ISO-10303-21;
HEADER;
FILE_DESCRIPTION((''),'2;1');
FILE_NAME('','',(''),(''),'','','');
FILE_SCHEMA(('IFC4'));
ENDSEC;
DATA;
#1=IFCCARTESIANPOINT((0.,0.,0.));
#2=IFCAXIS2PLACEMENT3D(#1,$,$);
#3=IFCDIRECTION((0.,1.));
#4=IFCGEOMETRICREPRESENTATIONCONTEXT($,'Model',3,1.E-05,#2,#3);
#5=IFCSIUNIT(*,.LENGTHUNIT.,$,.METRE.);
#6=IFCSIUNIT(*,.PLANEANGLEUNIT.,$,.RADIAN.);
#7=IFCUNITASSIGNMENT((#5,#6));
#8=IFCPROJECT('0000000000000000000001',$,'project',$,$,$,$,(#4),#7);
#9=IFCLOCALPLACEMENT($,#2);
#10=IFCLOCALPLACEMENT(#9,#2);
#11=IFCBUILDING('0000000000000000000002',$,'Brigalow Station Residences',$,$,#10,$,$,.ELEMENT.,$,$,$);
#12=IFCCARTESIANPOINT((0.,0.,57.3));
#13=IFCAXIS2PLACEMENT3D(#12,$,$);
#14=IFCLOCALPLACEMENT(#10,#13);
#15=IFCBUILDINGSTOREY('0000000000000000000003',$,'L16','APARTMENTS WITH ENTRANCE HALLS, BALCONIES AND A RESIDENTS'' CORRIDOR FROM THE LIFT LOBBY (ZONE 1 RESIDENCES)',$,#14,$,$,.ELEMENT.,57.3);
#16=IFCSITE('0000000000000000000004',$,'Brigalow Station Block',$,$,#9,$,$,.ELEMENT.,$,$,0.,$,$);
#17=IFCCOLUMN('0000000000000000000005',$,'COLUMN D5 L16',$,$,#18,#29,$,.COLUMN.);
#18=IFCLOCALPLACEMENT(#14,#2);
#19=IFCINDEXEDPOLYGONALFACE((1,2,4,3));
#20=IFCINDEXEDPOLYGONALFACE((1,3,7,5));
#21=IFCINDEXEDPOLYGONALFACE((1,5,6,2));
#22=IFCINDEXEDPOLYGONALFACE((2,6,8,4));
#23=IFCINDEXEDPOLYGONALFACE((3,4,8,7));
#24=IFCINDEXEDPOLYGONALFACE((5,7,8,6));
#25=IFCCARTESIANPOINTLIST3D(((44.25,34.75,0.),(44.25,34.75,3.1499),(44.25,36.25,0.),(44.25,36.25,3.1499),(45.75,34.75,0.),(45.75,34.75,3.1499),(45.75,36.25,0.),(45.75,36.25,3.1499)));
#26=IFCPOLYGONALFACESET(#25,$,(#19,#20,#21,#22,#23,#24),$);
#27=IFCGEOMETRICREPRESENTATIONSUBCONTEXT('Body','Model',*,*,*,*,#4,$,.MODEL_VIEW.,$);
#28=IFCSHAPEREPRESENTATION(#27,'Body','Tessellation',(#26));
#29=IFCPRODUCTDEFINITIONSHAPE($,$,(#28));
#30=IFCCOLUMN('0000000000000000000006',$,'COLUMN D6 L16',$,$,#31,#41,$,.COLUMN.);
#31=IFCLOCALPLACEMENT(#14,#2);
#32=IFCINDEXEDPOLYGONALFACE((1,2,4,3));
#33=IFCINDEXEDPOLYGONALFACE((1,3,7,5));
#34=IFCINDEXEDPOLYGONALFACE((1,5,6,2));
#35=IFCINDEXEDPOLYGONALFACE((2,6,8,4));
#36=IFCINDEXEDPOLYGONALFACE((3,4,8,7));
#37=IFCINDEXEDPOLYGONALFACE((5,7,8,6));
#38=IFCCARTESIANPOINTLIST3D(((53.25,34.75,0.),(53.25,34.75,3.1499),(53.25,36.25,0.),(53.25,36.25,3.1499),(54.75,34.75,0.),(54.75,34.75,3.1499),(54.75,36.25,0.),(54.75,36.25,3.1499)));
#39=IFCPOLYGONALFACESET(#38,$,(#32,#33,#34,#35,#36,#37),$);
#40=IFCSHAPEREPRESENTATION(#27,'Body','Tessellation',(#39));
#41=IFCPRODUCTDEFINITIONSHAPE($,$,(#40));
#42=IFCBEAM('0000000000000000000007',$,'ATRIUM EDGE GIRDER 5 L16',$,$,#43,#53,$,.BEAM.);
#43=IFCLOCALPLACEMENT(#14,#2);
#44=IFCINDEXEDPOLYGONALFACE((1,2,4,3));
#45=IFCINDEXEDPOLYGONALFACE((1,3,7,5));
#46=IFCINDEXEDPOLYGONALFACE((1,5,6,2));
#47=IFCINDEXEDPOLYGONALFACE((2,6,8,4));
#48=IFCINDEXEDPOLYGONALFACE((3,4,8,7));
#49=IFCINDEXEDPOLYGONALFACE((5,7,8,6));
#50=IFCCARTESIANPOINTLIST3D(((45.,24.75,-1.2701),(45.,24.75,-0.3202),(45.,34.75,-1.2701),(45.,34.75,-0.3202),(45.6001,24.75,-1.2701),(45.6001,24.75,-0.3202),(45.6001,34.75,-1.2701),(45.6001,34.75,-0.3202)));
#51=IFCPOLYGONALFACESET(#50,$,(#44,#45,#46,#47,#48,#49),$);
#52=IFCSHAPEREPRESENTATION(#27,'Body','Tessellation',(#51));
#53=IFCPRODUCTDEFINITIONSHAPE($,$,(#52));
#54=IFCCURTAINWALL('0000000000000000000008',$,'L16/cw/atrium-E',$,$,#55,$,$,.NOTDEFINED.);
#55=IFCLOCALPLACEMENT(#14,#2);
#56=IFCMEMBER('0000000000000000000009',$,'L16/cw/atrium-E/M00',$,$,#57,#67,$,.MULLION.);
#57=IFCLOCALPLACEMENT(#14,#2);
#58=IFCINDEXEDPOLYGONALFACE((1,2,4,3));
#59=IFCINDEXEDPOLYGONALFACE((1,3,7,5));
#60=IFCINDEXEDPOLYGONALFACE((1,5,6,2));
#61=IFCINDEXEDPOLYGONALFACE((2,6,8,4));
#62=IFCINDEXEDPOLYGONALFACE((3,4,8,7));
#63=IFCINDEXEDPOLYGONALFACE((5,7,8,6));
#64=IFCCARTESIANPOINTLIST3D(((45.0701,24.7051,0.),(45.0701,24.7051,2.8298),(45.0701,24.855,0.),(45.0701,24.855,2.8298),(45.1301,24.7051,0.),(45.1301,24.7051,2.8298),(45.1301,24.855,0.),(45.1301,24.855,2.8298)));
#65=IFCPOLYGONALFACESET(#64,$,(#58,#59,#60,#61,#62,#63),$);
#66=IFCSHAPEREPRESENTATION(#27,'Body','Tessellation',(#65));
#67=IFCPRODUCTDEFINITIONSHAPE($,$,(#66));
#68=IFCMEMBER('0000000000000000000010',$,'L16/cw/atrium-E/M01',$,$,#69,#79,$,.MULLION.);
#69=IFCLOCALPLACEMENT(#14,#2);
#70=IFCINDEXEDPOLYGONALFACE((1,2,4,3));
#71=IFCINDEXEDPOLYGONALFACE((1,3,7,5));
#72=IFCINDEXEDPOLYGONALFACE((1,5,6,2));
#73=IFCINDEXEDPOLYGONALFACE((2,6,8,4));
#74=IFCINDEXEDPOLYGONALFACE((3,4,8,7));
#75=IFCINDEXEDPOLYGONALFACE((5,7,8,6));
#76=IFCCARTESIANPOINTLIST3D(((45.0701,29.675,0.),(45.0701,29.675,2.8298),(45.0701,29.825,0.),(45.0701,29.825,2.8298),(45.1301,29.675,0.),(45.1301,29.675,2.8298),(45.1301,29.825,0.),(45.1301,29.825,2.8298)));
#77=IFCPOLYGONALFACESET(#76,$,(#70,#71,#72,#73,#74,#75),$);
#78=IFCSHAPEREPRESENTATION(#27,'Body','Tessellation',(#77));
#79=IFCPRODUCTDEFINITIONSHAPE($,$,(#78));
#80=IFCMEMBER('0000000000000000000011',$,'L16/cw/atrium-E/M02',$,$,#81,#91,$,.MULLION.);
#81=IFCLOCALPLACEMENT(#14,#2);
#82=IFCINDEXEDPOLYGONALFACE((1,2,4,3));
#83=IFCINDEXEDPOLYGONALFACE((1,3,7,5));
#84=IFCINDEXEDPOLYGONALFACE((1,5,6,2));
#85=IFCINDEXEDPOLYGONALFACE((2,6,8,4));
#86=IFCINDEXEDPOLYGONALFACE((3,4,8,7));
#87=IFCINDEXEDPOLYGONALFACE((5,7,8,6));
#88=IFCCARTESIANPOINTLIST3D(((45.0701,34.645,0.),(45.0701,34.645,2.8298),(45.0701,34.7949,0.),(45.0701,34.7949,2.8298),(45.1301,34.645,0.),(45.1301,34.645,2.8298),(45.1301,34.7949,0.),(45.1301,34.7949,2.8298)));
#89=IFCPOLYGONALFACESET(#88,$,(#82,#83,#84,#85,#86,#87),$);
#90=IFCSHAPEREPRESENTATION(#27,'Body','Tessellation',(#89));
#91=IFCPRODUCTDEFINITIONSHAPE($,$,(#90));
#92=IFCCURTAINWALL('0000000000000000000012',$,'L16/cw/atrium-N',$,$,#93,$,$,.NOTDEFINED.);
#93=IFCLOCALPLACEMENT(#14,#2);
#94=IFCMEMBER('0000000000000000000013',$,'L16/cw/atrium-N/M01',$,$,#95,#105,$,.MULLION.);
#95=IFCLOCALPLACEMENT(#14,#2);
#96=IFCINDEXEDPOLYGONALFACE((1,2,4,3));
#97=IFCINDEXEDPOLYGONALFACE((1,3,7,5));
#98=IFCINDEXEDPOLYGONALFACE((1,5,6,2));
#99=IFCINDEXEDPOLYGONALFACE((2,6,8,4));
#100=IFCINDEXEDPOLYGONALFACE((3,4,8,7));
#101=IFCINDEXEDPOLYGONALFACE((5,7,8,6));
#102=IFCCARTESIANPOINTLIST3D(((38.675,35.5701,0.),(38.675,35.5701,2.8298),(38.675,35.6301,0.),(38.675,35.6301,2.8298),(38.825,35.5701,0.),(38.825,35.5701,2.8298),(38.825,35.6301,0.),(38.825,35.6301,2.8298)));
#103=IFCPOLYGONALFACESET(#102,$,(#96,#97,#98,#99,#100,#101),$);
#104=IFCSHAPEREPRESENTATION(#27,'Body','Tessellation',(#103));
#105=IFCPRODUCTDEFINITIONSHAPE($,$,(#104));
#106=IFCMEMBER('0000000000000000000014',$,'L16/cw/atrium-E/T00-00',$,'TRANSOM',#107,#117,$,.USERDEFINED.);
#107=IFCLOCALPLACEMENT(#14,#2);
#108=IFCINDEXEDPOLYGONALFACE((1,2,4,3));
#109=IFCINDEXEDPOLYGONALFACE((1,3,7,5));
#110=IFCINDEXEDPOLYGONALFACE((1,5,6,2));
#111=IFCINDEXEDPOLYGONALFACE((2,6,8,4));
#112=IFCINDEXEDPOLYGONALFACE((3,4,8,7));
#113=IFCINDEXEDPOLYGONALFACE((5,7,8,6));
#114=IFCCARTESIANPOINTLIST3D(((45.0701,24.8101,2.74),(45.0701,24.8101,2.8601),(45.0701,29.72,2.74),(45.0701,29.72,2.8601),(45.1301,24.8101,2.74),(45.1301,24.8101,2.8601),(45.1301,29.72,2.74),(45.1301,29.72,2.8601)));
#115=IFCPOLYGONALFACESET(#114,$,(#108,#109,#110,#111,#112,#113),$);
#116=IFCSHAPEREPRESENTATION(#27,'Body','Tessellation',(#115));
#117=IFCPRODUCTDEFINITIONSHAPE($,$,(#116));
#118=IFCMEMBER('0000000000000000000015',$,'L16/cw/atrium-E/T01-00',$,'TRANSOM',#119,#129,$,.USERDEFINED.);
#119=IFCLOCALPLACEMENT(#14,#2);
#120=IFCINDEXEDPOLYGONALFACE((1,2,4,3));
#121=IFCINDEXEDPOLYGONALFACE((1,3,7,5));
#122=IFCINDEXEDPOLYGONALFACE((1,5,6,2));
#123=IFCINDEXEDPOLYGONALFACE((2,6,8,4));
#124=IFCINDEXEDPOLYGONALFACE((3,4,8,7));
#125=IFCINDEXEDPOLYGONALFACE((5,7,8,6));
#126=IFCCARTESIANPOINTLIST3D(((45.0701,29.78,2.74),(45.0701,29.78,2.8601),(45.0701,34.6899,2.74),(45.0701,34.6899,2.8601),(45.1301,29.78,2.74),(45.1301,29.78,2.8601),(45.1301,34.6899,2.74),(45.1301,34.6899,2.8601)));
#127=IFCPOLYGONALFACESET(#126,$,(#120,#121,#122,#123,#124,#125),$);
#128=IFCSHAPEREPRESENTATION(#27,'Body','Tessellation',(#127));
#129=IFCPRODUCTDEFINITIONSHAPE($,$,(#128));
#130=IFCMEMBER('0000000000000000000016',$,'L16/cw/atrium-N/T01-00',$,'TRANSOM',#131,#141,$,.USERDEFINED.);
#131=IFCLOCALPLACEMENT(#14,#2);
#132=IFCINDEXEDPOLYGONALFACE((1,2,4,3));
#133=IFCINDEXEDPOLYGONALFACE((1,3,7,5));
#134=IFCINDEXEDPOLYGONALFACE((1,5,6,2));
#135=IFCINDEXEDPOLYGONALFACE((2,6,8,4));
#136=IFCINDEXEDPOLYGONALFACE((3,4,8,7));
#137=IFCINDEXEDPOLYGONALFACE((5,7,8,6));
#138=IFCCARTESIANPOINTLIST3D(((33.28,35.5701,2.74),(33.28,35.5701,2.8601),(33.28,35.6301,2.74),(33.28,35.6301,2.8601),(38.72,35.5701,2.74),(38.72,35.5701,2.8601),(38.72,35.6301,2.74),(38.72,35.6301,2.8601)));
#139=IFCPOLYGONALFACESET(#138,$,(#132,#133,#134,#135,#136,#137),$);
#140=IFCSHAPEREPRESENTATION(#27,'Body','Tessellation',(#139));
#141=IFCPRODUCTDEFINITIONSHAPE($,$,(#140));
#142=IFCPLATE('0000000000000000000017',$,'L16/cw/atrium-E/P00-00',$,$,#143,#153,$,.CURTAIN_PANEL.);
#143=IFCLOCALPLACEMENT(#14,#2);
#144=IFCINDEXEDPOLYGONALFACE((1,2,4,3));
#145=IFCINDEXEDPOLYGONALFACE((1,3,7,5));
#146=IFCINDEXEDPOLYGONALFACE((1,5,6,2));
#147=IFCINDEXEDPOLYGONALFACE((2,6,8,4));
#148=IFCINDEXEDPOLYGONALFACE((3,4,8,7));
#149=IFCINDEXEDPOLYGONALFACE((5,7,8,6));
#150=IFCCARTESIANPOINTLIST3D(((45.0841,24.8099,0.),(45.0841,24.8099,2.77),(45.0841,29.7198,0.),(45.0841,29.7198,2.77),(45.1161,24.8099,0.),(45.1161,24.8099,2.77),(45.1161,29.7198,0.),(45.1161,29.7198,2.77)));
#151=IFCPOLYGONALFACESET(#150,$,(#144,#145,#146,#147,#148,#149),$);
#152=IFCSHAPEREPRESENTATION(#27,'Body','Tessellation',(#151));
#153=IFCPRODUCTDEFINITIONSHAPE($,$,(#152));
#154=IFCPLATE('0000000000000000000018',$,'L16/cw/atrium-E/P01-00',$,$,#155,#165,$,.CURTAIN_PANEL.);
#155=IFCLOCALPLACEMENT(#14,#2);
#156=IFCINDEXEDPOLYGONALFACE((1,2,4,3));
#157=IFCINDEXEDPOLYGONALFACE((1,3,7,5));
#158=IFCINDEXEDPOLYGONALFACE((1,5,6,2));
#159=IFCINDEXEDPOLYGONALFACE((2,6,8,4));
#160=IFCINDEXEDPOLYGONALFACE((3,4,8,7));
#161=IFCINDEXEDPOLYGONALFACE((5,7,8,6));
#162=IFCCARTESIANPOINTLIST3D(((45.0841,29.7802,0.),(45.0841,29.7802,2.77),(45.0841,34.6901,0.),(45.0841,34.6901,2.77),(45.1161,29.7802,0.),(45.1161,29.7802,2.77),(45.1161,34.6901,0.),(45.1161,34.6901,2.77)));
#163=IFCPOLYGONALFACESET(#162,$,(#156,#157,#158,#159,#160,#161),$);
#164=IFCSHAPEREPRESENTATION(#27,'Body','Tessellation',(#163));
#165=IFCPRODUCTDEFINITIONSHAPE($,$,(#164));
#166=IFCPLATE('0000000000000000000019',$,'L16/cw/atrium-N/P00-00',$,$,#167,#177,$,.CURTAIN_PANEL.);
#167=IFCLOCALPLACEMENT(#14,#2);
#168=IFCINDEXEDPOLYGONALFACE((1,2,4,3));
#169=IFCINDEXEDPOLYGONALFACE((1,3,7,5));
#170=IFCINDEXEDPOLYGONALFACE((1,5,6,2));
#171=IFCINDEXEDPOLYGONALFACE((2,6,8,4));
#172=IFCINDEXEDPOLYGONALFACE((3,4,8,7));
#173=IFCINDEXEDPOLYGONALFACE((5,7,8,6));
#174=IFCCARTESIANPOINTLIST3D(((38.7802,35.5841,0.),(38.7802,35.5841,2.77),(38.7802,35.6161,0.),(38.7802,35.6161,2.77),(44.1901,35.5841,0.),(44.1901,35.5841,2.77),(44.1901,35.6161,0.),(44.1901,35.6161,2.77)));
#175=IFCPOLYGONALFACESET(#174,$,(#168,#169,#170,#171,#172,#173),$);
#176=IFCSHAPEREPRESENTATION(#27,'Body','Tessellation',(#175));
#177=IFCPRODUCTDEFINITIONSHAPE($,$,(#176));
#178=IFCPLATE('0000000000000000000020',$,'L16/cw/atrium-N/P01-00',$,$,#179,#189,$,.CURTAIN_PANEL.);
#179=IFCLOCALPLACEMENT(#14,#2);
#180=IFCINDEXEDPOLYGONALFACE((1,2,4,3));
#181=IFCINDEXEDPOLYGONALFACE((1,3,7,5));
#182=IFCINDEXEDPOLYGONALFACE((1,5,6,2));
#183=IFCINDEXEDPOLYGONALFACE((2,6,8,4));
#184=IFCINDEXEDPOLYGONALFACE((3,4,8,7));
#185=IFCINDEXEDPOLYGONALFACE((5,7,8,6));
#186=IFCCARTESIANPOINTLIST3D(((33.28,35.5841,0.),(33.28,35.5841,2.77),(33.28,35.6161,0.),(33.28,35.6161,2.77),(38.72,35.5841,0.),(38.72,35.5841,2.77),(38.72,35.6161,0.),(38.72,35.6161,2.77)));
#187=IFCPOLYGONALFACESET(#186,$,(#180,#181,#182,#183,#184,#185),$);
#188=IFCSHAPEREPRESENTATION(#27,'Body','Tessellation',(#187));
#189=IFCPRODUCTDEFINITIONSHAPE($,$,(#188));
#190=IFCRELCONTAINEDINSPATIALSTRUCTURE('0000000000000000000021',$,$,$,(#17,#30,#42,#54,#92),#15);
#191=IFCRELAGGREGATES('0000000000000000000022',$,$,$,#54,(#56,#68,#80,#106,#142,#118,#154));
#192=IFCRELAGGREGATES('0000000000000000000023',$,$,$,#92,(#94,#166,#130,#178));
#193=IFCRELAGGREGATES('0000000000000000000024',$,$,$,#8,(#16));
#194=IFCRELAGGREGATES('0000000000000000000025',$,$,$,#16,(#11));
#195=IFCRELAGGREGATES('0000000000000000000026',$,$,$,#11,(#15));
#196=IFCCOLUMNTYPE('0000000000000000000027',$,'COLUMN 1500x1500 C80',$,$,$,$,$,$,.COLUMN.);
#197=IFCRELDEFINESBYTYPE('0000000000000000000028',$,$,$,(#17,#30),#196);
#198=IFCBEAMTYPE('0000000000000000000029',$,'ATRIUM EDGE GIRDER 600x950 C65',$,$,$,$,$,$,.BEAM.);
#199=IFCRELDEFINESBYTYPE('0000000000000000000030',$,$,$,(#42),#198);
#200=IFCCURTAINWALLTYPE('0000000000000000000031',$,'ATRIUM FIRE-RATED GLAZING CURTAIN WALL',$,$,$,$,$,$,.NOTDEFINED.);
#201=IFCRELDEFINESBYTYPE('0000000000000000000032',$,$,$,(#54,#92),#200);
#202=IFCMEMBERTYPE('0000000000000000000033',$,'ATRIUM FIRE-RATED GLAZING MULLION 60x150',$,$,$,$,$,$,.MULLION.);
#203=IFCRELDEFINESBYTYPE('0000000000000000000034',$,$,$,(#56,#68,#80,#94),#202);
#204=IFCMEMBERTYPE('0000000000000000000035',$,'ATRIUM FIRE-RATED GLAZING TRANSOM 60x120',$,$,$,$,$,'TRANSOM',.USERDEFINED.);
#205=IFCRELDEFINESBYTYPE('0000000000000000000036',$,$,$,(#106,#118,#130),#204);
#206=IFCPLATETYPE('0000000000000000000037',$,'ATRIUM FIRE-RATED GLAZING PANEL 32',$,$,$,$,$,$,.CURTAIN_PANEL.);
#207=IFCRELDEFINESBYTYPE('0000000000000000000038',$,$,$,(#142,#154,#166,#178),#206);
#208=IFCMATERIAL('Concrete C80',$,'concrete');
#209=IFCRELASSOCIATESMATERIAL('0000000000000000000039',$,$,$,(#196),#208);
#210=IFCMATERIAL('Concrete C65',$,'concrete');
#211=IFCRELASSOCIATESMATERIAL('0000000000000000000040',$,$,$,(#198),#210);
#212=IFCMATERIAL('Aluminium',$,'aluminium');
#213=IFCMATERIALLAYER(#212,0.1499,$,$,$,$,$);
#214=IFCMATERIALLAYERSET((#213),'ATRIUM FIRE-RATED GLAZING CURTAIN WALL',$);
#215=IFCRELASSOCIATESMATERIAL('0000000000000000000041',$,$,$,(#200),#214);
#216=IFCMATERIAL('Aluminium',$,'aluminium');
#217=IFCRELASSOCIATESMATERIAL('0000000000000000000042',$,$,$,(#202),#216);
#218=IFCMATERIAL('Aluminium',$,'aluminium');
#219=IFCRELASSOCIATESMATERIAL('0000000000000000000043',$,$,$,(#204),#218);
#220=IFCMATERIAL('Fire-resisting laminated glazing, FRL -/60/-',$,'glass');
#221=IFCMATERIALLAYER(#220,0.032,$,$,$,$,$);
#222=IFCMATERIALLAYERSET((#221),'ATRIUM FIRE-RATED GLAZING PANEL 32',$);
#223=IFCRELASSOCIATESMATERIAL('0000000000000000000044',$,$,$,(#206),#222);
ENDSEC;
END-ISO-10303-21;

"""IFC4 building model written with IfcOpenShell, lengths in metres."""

from ifc_helpers import new_model, si_unit, direction, frame, origin, origin_2d, place, context, subcontext, project, spatial, rectangle, extrude, material, layer, layer_set, material_profile, profile_set, type_object, element, aggregate, save


model = new_model("IFC4")

# Units and contexts
model_context = context("Model", 3, precision=1e-05, world=origin(), true_north=direction((0.0, 1.0)))
body_context = subcontext(model_context, "Body", "Model", "MODEL_VIEW")
ifc_project = project(units=[si_unit("LENGTHUNIT", "METRE"), si_unit("PLANEANGLEUNIT", "RADIAN")], contexts=[model_context])

# Site, building, storey
site_placement = place(None, origin())
site = spatial("IfcSite", under=ifc_project, at=site_placement, Name="Brigalow Station Block", CompositionType="ELEMENT", RefElevation=0.0)
building_placement = place(site_placement, origin())
building = spatial("IfcBuilding", under=site, at=building_placement, Name="Brigalow Station Residences", CompositionType="ELEMENT")
storey_placement = place(building_placement, frame((0.0, 0.0, 57.3)))
storey = spatial("IfcBuildingStorey", under=building, at=storey_placement, Name="L16", Description="APARTMENTS WITH ENTRANCE HALLS, BALCONIES AND A RESIDENTS' CORRIDOR FROM THE LIFT LOBBY (ZONE 1 RESIDENCES)", CompositionType="ELEMENT", Elevation=57.3)

# Columns
ifc_material_1 = material(Name="Concrete C80", Category="concrete")
ifc_material_profile_1 = material_profile(ifc_material_1, rectangle(XDim=1.5, YDim=1.5, at=origin_2d()), Name="RC1500x1500")
ifc_profile_set_1 = profile_set([ifc_material_profile_1], Name="Concrete C80")
column_type = type_object("IfcColumnType", Name="COLUMN 1500x1500 C80", PredefinedType="COLUMN", material=ifc_profile_set_1)
for number, where, z_axis, x_axis, name in (
    (1, (45.0, 35.5, 0.0), (0.0, 0.0, 1.0), (1.0, 0.0, 0.0), "COLUMN D5 L16"),
    (2, (54.0, 35.5, 0.0), (0.0, 0.0, 1.0), (1.0, 0.0, 0.0), "COLUMN D6 L16"),
):
    element("IfcColumn", number, at=place(storey_placement, frame(where, z_axis=z_axis, x_axis=x_axis)), inside=storey, type_object=column_type, Name=name, PredefinedType="COLUMN", context=body_context, shape_type="SweptSolid", body=[
        extrude(rectangle(XDim=1.5, YDim=1.5, at=origin_2d()), origin(), (0.0, 0.0, 1.0), 3.1499),
    ])

# Beam
ifc_material_2 = material(Name="Concrete C65", Category="concrete")
ifc_material_profile_2 = material_profile(ifc_material_2, rectangle(XDim=0.6001, YDim=0.95, at=origin_2d()), Name="RC600x950")
ifc_profile_set_2 = profile_set([ifc_material_profile_2], Name="Concrete C65")
beam_type = type_object("IfcBeamType", Name="ATRIUM EDGE GIRDER 600x950 C65", PredefinedType="BEAM", material=ifc_profile_set_2)
beam_placement = place(storey_placement, frame((45.3, 24.75, -0.7952), z_axis=(0.0, 1.0, 0.0), x_axis=(-1.0, 0.0, 0.0)))
element("IfcBeam", 3, at=beam_placement, inside=storey, type_object=beam_type, Name="ATRIUM EDGE GIRDER 5 L16", PredefinedType="BEAM", context=body_context, shape_type="SweptSolid", body=[
    extrude(rectangle(XDim=0.6001, YDim=0.95, at=origin_2d()), origin(), (0.0, 0.0, 1.0), 10.0),
])

# Curtain wall, members
ifc_material_3 = material(Name="Aluminium", Category="aluminium")
ifc_layer_1 = layer(ifc_material_3, 0.1499)
ifc_layer_set_1 = layer_set([ifc_layer_1], Name="ATRIUM FIRE-RATED GLAZING CURTAIN WALL")
curtain_wall_type = type_object("IfcCurtainWallType", Name="ATRIUM FIRE-RATED GLAZING CURTAIN WALL", PredefinedType="NOTDEFINED", material=ifc_layer_set_1)
curtain_wall_1_placement = place(storey_placement, origin())
curtain_wall_1 = element("IfcCurtainWall", 4, at=curtain_wall_1_placement, inside=storey, type_object=curtain_wall_type, Name="L16/cw/atrium-E", PredefinedType="NOTDEFINED")
ifc_material_4 = material(Name="Aluminium", Category="aluminium")
ifc_material_profile_3 = material_profile(ifc_material_4, rectangle(XDim=0.0601, YDim=0.1499, at=origin_2d()), Name="ATRIUM FIRE-RATED GLAZING MULLION 60x150")
ifc_profile_set_3 = profile_set([ifc_material_profile_3], Name="Aluminium")
member_type_1 = type_object("IfcMemberType", Name="ATRIUM FIRE-RATED GLAZING MULLION 60x150", PredefinedType="MULLION", material=ifc_profile_set_3)
member_1_placement = place(storey_placement, frame((45.1001, 24.78, 0.0), z_axis=(0.0, 0.0, 1.0), x_axis=(-1.0, 0.0, 0.0)))
member_1 = element("IfcMember", 5, at=member_1_placement, type_object=member_type_1, Name="L16/cw/atrium-E/M00", PredefinedType="MULLION", context=body_context, shape_type="SweptSolid", body=[
    extrude(rectangle(XDim=0.0601, YDim=0.1499, at=origin_2d()), origin(), (0.0, 0.0, 1.0), 2.8298),
])
member_2_placement = place(storey_placement, frame((45.1001, 29.75, 0.0), z_axis=(0.0, 0.0, 1.0), x_axis=(-1.0, 0.0, 0.0)))
member_2 = element("IfcMember", 6, at=member_2_placement, type_object=member_type_1, Name="L16/cw/atrium-E/M01", PredefinedType="MULLION", context=body_context, shape_type="SweptSolid", body=[
    extrude(rectangle(XDim=0.0601, YDim=0.1499, at=origin_2d()), origin(), (0.0, 0.0, 1.0), 2.8298),
])
member_3_placement = place(storey_placement, frame((45.1001, 34.72, 0.0), z_axis=(0.0, 0.0, 1.0), x_axis=(-1.0, 0.0, 0.0)))
member_3 = element("IfcMember", 7, at=member_3_placement, type_object=member_type_1, Name="L16/cw/atrium-E/M02", PredefinedType="MULLION", context=body_context, shape_type="SweptSolid", body=[
    extrude(rectangle(XDim=0.0601, YDim=0.1499, at=origin_2d()), origin(), (0.0, 0.0, 1.0), 2.8298),
])

# Curtain wall, member
curtain_wall_2_placement = place(storey_placement, origin())
curtain_wall_2 = element("IfcCurtainWall", 8, at=curtain_wall_2_placement, inside=storey, type_object=curtain_wall_type, Name="L16/cw/atrium-N", PredefinedType="NOTDEFINED")
member_4_placement = place(storey_placement, frame((38.75, 35.6001, 0.0), z_axis=(0.0, 0.0, 1.0), x_axis=(0.0, -1.0, 0.0)))
member_4 = element("IfcMember", 9, at=member_4_placement, type_object=member_type_1, Name="L16/cw/atrium-N/M01", PredefinedType="MULLION", context=body_context, shape_type="SweptSolid", body=[
    extrude(rectangle(XDim=0.0601, YDim=0.1499, at=origin_2d()), origin(), (0.0, 0.0, 1.0), 2.8298),
])

# Members
ifc_material_5 = material(Name="Aluminium", Category="aluminium")
ifc_material_profile_4 = material_profile(ifc_material_5, rectangle(XDim=0.0601, YDim=0.1201, at=origin_2d()), Name="ATRIUM FIRE-RATED GLAZING TRANSOM 60x120")
ifc_profile_set_4 = profile_set([ifc_material_profile_4], Name="Aluminium")
member_type_2 = type_object("IfcMemberType", Name="ATRIUM FIRE-RATED GLAZING TRANSOM 60x120", ElementType="TRANSOM", PredefinedType="USERDEFINED", material=ifc_profile_set_4)
member_5_placement = place(storey_placement, frame((45.1001, 24.8101, 2.8), z_axis=(0.0, 1.0, 0.0), x_axis=(-1.0, 0.0, 0.0)))
member_5 = element("IfcMember", 10, at=member_5_placement, type_object=member_type_2, Name="L16/cw/atrium-E/T00-00", ObjectType="TRANSOM", PredefinedType="USERDEFINED", context=body_context, shape_type="SweptSolid", body=[
    extrude(rectangle(XDim=0.0601, YDim=0.1201, at=origin_2d()), origin(), (0.0, 0.0, 1.0), 4.9099),
])
member_6_placement = place(storey_placement, frame((45.1001, 29.78, 2.8), z_axis=(0.0, 1.0, 0.0), x_axis=(-1.0, 0.0, 0.0)))
member_6 = element("IfcMember", 11, at=member_6_placement, type_object=member_type_2, Name="L16/cw/atrium-E/T01-00", ObjectType="TRANSOM", PredefinedType="USERDEFINED", context=body_context, shape_type="SweptSolid", body=[
    extrude(rectangle(XDim=0.0601, YDim=0.1201, at=origin_2d()), origin(), (0.0, 0.0, 1.0), 4.9099),
])
member_7_placement = place(storey_placement, frame((38.72, 35.6001, 2.8), z_axis=(-1.0, 0.0, 0.0), x_axis=(0.0, -1.0, 0.0)))
member_7 = element("IfcMember", 12, at=member_7_placement, type_object=member_type_2, Name="L16/cw/atrium-N/T01-00", ObjectType="TRANSOM", PredefinedType="USERDEFINED", context=body_context, shape_type="SweptSolid", body=[
    extrude(rectangle(XDim=0.0601, YDim=0.1201, at=origin_2d()), origin(), (0.0, 0.0, 1.0), 5.4399),
])

# Plates
ifc_material_6 = material(Name="Fire-resisting laminated glazing, FRL -/60/-", Category="glass")
ifc_layer_2 = layer(ifc_material_6, 0.032)
ifc_layer_set_2 = layer_set([ifc_layer_2], Name="ATRIUM FIRE-RATED GLAZING PANEL 32")
plate_type = type_object("IfcPlateType", Name="ATRIUM FIRE-RATED GLAZING PANEL 32", PredefinedType="CURTAIN_PANEL", material=ifc_layer_set_2)
plate_1_placement = place(storey_placement, frame((45.1001, 27.2649, 0.0), z_axis=(0.0, 0.0, 1.0), x_axis=(0.0, 1.0, 0.0)))
plate_1 = element("IfcPlate", 13, at=plate_1_placement, type_object=plate_type, Name="L16/cw/atrium-E/P00-00", PredefinedType="CURTAIN_PANEL", context=body_context, shape_type="SweptSolid", body=[
    extrude(rectangle(XDim=4.9099, YDim=0.032, at=origin_2d()), origin(), (0.0, 0.0, 1.0), 2.77),
])
plate_2_placement = place(storey_placement, frame((45.1001, 32.2351, 0.0), z_axis=(0.0, 0.0, 1.0), x_axis=(0.0, 1.0, 0.0)))
plate_2 = element("IfcPlate", 14, at=plate_2_placement, type_object=plate_type, Name="L16/cw/atrium-E/P01-00", PredefinedType="CURTAIN_PANEL", context=body_context, shape_type="SweptSolid", body=[
    extrude(rectangle(XDim=4.9099, YDim=0.032, at=origin_2d()), origin(), (0.0, 0.0, 1.0), 2.77),
])
aggregate(curtain_wall_1, [member_1, member_2, member_3, member_5, plate_1, member_6, plate_2])
plate_3_placement = place(storey_placement, frame((41.4851, 35.6001, 0.0), z_axis=(0.0, 0.0, 1.0), x_axis=(-1.0, 0.0, 0.0)))
plate_3 = element("IfcPlate", 15, at=plate_3_placement, type_object=plate_type, Name="L16/cw/atrium-N/P00-00", PredefinedType="CURTAIN_PANEL", context=body_context, shape_type="SweptSolid", body=[
    extrude(rectangle(XDim=5.4099, YDim=0.032, at=origin_2d()), origin(), (0.0, 0.0, 1.0), 2.77),
])
plate_4_placement = place(storey_placement, frame((36.0, 35.6001, 0.0), z_axis=(0.0, 0.0, 1.0), x_axis=(-1.0, 0.0, 0.0)))
plate_4 = element("IfcPlate", 16, at=plate_4_placement, type_object=plate_type, Name="L16/cw/atrium-N/P01-00", PredefinedType="CURTAIN_PANEL", context=body_context, shape_type="SweptSolid", body=[
    extrude(rectangle(XDim=5.4399, YDim=0.032, at=origin_2d()), origin(), (0.0, 0.0, 1.0), 2.77),
])
aggregate(curtain_wall_2, [member_4, plate_3, member_7, plate_4])

save(model, "model.ifc")
